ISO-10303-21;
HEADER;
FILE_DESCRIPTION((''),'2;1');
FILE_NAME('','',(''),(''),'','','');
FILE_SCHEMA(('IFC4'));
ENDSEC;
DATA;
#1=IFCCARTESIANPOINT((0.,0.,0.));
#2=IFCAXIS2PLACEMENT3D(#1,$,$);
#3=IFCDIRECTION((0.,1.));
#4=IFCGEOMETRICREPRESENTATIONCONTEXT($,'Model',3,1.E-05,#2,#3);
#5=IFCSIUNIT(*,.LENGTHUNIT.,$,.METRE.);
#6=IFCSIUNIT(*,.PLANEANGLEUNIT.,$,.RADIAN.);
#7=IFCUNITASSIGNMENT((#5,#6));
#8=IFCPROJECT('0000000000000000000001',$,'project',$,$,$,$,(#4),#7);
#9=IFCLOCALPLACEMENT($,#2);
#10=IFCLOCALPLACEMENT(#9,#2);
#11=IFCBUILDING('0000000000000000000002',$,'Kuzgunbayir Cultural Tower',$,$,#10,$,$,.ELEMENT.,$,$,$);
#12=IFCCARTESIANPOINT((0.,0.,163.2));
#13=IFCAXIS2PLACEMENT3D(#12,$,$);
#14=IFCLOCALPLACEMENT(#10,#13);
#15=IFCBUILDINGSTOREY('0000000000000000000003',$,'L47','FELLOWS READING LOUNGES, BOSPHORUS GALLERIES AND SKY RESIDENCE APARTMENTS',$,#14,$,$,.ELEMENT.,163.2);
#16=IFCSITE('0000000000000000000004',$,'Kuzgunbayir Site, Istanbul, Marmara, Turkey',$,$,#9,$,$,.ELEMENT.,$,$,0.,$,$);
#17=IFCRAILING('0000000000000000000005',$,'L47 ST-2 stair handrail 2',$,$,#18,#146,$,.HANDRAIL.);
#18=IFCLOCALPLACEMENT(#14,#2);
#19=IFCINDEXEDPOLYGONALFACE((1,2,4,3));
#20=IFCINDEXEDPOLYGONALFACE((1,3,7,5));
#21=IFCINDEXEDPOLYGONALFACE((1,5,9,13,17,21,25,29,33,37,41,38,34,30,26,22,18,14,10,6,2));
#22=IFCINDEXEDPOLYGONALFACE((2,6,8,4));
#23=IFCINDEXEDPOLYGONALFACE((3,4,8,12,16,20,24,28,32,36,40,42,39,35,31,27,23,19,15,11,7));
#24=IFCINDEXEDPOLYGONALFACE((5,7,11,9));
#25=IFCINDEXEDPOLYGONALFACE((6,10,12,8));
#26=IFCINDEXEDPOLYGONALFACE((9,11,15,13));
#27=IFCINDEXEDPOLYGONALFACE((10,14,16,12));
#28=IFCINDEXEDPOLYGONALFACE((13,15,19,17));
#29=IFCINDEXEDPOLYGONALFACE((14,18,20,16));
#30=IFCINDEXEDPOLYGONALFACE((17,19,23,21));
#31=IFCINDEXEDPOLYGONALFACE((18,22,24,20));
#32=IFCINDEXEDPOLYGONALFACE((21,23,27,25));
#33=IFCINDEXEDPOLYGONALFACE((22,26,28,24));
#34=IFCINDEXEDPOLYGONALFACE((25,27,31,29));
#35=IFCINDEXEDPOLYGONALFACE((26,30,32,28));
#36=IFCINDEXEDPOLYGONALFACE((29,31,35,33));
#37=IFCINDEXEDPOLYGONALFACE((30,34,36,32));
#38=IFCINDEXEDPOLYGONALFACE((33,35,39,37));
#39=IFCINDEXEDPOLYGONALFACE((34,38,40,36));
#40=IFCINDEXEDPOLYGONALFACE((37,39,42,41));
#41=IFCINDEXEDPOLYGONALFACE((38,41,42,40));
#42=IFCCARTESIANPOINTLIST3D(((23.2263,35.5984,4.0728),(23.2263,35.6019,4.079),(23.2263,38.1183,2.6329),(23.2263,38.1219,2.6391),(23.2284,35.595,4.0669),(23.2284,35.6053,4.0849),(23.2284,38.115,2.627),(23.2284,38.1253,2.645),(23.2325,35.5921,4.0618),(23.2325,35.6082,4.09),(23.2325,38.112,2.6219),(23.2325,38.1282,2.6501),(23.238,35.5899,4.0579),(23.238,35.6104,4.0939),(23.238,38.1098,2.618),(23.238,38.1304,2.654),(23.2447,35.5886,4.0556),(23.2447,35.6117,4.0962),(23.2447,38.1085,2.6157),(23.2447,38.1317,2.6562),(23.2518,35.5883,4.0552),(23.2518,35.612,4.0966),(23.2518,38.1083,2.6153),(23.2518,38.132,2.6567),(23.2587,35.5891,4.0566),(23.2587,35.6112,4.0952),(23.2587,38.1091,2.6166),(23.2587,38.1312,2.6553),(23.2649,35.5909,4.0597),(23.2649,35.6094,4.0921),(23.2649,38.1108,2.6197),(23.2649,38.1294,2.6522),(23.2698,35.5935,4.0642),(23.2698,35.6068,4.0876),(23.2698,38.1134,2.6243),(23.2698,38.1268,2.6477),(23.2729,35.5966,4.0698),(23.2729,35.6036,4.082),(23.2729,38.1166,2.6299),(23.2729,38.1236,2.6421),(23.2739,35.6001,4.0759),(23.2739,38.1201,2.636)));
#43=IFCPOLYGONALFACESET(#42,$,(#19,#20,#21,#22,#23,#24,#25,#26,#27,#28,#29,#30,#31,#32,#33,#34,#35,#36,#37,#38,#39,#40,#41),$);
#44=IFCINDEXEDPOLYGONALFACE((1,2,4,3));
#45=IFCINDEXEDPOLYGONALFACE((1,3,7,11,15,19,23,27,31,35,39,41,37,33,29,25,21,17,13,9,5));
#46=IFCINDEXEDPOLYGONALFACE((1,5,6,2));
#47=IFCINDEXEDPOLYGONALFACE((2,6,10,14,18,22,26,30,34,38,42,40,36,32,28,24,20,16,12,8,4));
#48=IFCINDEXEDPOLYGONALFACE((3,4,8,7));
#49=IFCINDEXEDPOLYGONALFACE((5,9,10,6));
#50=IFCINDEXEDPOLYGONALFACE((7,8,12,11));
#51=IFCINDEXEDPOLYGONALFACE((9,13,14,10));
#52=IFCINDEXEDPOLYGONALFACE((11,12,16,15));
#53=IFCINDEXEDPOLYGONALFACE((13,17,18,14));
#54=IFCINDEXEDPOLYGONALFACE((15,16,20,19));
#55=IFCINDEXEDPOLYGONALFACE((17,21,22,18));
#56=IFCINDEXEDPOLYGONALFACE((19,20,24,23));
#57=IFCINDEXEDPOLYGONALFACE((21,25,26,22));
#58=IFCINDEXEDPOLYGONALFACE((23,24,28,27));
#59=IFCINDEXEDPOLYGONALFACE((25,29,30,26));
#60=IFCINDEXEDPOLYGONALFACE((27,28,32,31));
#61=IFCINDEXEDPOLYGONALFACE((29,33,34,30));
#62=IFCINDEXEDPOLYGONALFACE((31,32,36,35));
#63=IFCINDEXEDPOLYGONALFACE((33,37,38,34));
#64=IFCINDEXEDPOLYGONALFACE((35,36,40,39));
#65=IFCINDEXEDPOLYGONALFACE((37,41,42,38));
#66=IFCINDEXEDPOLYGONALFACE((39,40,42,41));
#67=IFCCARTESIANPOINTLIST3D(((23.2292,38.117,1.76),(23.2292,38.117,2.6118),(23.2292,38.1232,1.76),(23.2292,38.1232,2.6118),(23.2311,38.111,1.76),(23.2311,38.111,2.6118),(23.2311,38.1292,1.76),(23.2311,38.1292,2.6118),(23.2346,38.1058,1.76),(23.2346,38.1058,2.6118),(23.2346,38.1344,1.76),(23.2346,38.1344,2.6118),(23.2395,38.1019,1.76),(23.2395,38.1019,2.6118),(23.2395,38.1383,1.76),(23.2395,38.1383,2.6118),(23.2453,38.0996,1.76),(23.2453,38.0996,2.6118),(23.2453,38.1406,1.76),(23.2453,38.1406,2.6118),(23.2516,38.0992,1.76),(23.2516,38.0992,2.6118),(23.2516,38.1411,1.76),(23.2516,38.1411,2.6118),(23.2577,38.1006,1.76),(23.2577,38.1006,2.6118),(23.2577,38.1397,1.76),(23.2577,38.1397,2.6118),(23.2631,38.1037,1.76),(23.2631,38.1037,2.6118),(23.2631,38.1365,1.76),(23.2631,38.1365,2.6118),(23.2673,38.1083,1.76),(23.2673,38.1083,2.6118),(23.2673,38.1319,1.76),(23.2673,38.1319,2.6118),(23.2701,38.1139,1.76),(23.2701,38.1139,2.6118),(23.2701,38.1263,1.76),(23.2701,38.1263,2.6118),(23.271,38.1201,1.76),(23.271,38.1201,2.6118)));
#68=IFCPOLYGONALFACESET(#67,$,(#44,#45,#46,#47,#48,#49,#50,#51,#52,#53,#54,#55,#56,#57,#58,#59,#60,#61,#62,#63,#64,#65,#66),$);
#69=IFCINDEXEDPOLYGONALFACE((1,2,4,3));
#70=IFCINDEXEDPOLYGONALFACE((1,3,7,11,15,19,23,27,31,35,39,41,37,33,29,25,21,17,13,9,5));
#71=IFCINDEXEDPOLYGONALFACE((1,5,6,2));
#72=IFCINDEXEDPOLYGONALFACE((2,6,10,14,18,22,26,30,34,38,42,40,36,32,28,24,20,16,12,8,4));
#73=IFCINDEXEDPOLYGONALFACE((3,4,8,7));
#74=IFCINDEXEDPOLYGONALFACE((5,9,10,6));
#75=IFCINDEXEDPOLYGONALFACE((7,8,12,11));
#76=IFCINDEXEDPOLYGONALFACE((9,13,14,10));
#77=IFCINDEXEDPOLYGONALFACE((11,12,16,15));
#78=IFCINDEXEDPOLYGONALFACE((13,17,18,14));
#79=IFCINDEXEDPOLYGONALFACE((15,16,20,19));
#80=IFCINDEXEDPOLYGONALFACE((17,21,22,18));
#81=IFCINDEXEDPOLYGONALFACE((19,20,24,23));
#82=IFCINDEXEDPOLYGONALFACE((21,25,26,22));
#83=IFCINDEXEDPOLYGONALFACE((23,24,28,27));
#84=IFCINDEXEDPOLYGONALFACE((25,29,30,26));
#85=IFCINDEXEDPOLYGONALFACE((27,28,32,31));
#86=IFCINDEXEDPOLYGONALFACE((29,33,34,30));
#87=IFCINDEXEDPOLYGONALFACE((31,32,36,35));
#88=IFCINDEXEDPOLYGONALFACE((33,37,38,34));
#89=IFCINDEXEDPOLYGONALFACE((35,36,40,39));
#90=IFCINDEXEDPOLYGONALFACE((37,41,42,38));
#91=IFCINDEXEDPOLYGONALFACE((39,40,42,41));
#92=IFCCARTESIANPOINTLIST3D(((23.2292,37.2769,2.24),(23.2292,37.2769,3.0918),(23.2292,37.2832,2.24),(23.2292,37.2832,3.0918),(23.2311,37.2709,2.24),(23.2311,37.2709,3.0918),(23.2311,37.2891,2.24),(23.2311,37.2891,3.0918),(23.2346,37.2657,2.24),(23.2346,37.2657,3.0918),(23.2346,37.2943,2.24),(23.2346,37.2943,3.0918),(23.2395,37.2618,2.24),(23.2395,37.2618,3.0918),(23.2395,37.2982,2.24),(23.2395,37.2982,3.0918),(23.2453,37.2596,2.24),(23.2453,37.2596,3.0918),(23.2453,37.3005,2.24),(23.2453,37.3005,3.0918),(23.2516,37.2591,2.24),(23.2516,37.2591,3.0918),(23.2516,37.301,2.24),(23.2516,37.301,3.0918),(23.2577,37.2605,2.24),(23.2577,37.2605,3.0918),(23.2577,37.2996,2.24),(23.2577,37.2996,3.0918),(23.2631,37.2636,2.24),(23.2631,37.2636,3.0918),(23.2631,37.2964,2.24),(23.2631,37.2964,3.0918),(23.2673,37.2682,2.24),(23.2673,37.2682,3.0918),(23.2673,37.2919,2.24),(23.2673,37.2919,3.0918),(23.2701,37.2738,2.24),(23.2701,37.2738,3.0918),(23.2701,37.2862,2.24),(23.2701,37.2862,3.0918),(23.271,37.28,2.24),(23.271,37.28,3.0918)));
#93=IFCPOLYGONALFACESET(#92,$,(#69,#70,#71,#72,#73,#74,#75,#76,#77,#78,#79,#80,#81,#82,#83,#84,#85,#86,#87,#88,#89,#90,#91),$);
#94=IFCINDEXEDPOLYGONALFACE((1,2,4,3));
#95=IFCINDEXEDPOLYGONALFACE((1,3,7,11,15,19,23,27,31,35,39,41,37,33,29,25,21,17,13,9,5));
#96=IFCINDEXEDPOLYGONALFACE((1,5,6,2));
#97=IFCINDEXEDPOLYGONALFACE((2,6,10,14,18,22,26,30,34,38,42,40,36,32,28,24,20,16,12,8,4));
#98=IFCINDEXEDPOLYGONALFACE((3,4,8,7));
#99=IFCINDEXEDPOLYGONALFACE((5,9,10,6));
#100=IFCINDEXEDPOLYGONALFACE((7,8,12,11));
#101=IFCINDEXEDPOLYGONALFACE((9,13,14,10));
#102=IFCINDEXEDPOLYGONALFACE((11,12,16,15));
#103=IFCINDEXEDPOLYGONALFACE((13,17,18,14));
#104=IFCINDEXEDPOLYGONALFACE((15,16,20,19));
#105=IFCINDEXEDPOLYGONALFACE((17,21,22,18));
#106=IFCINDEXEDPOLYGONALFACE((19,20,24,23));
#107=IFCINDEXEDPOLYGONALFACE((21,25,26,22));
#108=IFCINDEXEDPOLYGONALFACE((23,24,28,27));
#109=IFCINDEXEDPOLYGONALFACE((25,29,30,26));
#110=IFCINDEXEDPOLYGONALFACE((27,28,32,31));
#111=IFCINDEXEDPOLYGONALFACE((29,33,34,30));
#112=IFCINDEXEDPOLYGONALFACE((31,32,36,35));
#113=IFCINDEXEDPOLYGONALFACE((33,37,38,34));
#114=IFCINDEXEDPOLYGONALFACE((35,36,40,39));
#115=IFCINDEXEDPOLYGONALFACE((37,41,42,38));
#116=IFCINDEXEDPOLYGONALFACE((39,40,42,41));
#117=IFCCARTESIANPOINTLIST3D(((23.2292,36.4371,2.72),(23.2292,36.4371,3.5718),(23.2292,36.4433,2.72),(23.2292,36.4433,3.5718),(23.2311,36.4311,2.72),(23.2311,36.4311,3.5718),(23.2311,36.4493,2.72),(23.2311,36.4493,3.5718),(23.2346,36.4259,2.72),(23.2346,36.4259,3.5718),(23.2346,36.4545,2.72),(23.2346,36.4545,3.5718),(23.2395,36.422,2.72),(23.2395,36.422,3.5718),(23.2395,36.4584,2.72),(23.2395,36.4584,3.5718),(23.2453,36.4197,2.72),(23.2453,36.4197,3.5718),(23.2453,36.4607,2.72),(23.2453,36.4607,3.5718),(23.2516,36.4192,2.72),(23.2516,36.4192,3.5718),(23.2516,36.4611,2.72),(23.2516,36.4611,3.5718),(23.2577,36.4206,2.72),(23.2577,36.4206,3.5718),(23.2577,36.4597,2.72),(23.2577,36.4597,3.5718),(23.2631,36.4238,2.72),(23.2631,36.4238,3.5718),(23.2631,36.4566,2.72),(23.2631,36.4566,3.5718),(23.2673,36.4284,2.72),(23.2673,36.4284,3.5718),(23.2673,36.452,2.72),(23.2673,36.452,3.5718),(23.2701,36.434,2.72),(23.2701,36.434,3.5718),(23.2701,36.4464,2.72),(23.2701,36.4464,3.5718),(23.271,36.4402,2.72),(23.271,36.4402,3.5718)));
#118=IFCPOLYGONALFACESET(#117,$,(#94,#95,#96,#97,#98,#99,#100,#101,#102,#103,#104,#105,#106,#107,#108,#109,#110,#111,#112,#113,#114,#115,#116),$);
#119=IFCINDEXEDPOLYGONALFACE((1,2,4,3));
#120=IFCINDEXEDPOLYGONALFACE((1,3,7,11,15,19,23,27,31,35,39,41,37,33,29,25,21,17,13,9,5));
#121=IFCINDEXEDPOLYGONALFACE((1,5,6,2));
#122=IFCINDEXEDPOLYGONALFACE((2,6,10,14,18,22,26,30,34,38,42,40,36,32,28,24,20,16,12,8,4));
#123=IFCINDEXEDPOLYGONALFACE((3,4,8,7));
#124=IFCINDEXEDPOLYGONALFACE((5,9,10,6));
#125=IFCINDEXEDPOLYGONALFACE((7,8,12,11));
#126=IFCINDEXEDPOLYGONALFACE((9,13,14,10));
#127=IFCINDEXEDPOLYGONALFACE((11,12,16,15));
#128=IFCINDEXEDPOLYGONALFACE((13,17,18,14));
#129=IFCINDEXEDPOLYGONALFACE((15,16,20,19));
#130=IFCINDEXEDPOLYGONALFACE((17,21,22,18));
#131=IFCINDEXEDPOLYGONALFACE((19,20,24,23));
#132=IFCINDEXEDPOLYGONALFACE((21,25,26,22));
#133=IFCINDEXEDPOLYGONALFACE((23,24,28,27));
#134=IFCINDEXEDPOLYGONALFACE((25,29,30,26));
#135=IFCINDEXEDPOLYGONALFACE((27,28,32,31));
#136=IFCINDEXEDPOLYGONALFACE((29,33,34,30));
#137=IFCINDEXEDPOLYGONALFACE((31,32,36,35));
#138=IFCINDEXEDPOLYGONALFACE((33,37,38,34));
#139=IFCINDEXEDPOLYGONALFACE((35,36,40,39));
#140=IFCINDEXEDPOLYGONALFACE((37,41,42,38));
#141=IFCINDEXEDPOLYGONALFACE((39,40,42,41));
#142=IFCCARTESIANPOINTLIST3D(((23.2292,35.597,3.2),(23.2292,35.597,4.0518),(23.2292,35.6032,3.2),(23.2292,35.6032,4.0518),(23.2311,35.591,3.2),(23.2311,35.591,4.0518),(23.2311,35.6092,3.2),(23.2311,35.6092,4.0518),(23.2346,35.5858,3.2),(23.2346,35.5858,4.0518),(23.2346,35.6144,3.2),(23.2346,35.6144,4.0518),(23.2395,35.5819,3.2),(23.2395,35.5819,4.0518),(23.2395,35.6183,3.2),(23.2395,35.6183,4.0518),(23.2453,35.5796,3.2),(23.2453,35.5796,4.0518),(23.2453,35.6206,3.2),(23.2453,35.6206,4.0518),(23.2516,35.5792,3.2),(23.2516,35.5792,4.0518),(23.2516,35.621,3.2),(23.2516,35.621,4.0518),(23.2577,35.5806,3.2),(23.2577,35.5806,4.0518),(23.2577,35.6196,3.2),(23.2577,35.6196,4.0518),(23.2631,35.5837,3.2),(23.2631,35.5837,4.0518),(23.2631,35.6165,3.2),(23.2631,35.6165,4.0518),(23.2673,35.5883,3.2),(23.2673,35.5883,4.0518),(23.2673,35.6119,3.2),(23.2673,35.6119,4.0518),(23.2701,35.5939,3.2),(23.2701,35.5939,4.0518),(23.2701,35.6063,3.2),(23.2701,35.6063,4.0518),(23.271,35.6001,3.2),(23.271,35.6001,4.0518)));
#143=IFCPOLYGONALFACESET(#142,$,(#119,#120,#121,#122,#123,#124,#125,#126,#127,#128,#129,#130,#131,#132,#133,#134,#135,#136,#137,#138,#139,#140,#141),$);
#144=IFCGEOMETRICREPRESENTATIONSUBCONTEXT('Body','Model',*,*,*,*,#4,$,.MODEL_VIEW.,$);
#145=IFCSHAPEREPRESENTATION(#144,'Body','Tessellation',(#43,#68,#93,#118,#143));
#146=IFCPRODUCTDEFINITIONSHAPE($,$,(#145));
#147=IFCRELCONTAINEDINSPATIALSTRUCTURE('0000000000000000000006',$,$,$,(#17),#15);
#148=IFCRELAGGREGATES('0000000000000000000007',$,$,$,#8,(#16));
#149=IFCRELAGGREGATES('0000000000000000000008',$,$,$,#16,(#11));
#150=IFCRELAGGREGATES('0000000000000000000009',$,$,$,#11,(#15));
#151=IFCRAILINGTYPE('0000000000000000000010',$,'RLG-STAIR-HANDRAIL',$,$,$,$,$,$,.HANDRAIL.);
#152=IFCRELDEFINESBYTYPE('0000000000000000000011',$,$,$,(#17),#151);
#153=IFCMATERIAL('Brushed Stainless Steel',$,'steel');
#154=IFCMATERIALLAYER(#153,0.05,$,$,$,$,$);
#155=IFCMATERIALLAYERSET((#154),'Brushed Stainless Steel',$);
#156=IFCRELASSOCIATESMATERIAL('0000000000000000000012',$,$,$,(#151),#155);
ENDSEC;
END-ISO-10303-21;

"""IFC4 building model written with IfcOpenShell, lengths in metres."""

from ifc_helpers import new_model, si_unit, direction, frame, origin, origin_2d, place, context, subcontext, project, spatial, circle, extrude, material, layer, layer_set, type_object, element, save


model = new_model("IFC4")

# Units and contexts
model_context = context("Model", 3, precision=1e-05, world=origin(), true_north=direction((0.0, 1.0)))
body_context = subcontext(model_context, "Body", "Model", "MODEL_VIEW")
ifc_project = project(units=[si_unit("LENGTHUNIT", "METRE"), si_unit("PLANEANGLEUNIT", "RADIAN")], contexts=[model_context])

# Site, building, storey
site_placement = place(None, origin())
site = spatial("IfcSite", under=ifc_project, at=site_placement, Name="Kuzgunbayir Site, Istanbul, Marmara, Turkey", CompositionType="ELEMENT", RefElevation=0.0)
building_placement = place(site_placement, origin())
building = spatial("IfcBuilding", under=site, at=building_placement, Name="Kuzgunbayir Cultural Tower", CompositionType="ELEMENT")
storey_placement = place(building_placement, frame((0.0, 0.0, 163.2)))
storey = spatial("IfcBuildingStorey", under=building, at=storey_placement, Name="L47", Description="FELLOWS READING LOUNGES, BOSPHORUS GALLERIES AND SKY RESIDENCE APARTMENTS", CompositionType="ELEMENT", Elevation=163.2)

# Shared definitions
ifc_material_1 = material(Name="Brushed Stainless Steel", Category="steel")

# Railing
ifc_layer_1 = layer(ifc_material_1, 0.05)
ifc_layer_set_1 = layer_set([ifc_layer_1], Name="Brushed Stainless Steel")
railing_type_1 = type_object("IfcRailingType", Name="RLG-STAIR-HANDRAIL", PredefinedType="HANDRAIL", material=ifc_layer_set_1)
railing_1_placement = place(storey_placement, frame((23.25, 38.1201, 1.76)))
element("IfcRailing", 1, at=railing_1_placement, inside=storey, type_object=railing_type_1, Name="L47 ST-2 stair handrail 2", PredefinedType="HANDRAIL", context=body_context, shape_type="SweptSolid", body=[
    extrude(circle(Radius=0.0239, at=origin_2d()), frame((0.0, 0.0, 0.876), z_axis=(0.0, -0.868253, 0.496121), x_axis=(1.0, 0.0, 0.0)), (0.0, 0.0, 1.0), 2.9023),
    extrude(circle(Radius=0.021, at=origin_2d()), origin(), (0.0, 0.0, 1.0), 0.8518),
    extrude(circle(Radius=0.021, at=origin_2d()), frame((0.0, -0.8401, 0.48)), (0.0, 0.0, 1.0), 0.8518),
    extrude(circle(Radius=0.021, at=origin_2d()), frame((0.0, -1.6799, 0.96)), (0.0, 0.0, 1.0), 0.8518),
    extrude(circle(Radius=0.021, at=origin_2d()), frame((0.0, -2.52, 1.4399)), (0.0, 0.0, 1.0), 0.8518),
])

save(model, "model.ifc")
